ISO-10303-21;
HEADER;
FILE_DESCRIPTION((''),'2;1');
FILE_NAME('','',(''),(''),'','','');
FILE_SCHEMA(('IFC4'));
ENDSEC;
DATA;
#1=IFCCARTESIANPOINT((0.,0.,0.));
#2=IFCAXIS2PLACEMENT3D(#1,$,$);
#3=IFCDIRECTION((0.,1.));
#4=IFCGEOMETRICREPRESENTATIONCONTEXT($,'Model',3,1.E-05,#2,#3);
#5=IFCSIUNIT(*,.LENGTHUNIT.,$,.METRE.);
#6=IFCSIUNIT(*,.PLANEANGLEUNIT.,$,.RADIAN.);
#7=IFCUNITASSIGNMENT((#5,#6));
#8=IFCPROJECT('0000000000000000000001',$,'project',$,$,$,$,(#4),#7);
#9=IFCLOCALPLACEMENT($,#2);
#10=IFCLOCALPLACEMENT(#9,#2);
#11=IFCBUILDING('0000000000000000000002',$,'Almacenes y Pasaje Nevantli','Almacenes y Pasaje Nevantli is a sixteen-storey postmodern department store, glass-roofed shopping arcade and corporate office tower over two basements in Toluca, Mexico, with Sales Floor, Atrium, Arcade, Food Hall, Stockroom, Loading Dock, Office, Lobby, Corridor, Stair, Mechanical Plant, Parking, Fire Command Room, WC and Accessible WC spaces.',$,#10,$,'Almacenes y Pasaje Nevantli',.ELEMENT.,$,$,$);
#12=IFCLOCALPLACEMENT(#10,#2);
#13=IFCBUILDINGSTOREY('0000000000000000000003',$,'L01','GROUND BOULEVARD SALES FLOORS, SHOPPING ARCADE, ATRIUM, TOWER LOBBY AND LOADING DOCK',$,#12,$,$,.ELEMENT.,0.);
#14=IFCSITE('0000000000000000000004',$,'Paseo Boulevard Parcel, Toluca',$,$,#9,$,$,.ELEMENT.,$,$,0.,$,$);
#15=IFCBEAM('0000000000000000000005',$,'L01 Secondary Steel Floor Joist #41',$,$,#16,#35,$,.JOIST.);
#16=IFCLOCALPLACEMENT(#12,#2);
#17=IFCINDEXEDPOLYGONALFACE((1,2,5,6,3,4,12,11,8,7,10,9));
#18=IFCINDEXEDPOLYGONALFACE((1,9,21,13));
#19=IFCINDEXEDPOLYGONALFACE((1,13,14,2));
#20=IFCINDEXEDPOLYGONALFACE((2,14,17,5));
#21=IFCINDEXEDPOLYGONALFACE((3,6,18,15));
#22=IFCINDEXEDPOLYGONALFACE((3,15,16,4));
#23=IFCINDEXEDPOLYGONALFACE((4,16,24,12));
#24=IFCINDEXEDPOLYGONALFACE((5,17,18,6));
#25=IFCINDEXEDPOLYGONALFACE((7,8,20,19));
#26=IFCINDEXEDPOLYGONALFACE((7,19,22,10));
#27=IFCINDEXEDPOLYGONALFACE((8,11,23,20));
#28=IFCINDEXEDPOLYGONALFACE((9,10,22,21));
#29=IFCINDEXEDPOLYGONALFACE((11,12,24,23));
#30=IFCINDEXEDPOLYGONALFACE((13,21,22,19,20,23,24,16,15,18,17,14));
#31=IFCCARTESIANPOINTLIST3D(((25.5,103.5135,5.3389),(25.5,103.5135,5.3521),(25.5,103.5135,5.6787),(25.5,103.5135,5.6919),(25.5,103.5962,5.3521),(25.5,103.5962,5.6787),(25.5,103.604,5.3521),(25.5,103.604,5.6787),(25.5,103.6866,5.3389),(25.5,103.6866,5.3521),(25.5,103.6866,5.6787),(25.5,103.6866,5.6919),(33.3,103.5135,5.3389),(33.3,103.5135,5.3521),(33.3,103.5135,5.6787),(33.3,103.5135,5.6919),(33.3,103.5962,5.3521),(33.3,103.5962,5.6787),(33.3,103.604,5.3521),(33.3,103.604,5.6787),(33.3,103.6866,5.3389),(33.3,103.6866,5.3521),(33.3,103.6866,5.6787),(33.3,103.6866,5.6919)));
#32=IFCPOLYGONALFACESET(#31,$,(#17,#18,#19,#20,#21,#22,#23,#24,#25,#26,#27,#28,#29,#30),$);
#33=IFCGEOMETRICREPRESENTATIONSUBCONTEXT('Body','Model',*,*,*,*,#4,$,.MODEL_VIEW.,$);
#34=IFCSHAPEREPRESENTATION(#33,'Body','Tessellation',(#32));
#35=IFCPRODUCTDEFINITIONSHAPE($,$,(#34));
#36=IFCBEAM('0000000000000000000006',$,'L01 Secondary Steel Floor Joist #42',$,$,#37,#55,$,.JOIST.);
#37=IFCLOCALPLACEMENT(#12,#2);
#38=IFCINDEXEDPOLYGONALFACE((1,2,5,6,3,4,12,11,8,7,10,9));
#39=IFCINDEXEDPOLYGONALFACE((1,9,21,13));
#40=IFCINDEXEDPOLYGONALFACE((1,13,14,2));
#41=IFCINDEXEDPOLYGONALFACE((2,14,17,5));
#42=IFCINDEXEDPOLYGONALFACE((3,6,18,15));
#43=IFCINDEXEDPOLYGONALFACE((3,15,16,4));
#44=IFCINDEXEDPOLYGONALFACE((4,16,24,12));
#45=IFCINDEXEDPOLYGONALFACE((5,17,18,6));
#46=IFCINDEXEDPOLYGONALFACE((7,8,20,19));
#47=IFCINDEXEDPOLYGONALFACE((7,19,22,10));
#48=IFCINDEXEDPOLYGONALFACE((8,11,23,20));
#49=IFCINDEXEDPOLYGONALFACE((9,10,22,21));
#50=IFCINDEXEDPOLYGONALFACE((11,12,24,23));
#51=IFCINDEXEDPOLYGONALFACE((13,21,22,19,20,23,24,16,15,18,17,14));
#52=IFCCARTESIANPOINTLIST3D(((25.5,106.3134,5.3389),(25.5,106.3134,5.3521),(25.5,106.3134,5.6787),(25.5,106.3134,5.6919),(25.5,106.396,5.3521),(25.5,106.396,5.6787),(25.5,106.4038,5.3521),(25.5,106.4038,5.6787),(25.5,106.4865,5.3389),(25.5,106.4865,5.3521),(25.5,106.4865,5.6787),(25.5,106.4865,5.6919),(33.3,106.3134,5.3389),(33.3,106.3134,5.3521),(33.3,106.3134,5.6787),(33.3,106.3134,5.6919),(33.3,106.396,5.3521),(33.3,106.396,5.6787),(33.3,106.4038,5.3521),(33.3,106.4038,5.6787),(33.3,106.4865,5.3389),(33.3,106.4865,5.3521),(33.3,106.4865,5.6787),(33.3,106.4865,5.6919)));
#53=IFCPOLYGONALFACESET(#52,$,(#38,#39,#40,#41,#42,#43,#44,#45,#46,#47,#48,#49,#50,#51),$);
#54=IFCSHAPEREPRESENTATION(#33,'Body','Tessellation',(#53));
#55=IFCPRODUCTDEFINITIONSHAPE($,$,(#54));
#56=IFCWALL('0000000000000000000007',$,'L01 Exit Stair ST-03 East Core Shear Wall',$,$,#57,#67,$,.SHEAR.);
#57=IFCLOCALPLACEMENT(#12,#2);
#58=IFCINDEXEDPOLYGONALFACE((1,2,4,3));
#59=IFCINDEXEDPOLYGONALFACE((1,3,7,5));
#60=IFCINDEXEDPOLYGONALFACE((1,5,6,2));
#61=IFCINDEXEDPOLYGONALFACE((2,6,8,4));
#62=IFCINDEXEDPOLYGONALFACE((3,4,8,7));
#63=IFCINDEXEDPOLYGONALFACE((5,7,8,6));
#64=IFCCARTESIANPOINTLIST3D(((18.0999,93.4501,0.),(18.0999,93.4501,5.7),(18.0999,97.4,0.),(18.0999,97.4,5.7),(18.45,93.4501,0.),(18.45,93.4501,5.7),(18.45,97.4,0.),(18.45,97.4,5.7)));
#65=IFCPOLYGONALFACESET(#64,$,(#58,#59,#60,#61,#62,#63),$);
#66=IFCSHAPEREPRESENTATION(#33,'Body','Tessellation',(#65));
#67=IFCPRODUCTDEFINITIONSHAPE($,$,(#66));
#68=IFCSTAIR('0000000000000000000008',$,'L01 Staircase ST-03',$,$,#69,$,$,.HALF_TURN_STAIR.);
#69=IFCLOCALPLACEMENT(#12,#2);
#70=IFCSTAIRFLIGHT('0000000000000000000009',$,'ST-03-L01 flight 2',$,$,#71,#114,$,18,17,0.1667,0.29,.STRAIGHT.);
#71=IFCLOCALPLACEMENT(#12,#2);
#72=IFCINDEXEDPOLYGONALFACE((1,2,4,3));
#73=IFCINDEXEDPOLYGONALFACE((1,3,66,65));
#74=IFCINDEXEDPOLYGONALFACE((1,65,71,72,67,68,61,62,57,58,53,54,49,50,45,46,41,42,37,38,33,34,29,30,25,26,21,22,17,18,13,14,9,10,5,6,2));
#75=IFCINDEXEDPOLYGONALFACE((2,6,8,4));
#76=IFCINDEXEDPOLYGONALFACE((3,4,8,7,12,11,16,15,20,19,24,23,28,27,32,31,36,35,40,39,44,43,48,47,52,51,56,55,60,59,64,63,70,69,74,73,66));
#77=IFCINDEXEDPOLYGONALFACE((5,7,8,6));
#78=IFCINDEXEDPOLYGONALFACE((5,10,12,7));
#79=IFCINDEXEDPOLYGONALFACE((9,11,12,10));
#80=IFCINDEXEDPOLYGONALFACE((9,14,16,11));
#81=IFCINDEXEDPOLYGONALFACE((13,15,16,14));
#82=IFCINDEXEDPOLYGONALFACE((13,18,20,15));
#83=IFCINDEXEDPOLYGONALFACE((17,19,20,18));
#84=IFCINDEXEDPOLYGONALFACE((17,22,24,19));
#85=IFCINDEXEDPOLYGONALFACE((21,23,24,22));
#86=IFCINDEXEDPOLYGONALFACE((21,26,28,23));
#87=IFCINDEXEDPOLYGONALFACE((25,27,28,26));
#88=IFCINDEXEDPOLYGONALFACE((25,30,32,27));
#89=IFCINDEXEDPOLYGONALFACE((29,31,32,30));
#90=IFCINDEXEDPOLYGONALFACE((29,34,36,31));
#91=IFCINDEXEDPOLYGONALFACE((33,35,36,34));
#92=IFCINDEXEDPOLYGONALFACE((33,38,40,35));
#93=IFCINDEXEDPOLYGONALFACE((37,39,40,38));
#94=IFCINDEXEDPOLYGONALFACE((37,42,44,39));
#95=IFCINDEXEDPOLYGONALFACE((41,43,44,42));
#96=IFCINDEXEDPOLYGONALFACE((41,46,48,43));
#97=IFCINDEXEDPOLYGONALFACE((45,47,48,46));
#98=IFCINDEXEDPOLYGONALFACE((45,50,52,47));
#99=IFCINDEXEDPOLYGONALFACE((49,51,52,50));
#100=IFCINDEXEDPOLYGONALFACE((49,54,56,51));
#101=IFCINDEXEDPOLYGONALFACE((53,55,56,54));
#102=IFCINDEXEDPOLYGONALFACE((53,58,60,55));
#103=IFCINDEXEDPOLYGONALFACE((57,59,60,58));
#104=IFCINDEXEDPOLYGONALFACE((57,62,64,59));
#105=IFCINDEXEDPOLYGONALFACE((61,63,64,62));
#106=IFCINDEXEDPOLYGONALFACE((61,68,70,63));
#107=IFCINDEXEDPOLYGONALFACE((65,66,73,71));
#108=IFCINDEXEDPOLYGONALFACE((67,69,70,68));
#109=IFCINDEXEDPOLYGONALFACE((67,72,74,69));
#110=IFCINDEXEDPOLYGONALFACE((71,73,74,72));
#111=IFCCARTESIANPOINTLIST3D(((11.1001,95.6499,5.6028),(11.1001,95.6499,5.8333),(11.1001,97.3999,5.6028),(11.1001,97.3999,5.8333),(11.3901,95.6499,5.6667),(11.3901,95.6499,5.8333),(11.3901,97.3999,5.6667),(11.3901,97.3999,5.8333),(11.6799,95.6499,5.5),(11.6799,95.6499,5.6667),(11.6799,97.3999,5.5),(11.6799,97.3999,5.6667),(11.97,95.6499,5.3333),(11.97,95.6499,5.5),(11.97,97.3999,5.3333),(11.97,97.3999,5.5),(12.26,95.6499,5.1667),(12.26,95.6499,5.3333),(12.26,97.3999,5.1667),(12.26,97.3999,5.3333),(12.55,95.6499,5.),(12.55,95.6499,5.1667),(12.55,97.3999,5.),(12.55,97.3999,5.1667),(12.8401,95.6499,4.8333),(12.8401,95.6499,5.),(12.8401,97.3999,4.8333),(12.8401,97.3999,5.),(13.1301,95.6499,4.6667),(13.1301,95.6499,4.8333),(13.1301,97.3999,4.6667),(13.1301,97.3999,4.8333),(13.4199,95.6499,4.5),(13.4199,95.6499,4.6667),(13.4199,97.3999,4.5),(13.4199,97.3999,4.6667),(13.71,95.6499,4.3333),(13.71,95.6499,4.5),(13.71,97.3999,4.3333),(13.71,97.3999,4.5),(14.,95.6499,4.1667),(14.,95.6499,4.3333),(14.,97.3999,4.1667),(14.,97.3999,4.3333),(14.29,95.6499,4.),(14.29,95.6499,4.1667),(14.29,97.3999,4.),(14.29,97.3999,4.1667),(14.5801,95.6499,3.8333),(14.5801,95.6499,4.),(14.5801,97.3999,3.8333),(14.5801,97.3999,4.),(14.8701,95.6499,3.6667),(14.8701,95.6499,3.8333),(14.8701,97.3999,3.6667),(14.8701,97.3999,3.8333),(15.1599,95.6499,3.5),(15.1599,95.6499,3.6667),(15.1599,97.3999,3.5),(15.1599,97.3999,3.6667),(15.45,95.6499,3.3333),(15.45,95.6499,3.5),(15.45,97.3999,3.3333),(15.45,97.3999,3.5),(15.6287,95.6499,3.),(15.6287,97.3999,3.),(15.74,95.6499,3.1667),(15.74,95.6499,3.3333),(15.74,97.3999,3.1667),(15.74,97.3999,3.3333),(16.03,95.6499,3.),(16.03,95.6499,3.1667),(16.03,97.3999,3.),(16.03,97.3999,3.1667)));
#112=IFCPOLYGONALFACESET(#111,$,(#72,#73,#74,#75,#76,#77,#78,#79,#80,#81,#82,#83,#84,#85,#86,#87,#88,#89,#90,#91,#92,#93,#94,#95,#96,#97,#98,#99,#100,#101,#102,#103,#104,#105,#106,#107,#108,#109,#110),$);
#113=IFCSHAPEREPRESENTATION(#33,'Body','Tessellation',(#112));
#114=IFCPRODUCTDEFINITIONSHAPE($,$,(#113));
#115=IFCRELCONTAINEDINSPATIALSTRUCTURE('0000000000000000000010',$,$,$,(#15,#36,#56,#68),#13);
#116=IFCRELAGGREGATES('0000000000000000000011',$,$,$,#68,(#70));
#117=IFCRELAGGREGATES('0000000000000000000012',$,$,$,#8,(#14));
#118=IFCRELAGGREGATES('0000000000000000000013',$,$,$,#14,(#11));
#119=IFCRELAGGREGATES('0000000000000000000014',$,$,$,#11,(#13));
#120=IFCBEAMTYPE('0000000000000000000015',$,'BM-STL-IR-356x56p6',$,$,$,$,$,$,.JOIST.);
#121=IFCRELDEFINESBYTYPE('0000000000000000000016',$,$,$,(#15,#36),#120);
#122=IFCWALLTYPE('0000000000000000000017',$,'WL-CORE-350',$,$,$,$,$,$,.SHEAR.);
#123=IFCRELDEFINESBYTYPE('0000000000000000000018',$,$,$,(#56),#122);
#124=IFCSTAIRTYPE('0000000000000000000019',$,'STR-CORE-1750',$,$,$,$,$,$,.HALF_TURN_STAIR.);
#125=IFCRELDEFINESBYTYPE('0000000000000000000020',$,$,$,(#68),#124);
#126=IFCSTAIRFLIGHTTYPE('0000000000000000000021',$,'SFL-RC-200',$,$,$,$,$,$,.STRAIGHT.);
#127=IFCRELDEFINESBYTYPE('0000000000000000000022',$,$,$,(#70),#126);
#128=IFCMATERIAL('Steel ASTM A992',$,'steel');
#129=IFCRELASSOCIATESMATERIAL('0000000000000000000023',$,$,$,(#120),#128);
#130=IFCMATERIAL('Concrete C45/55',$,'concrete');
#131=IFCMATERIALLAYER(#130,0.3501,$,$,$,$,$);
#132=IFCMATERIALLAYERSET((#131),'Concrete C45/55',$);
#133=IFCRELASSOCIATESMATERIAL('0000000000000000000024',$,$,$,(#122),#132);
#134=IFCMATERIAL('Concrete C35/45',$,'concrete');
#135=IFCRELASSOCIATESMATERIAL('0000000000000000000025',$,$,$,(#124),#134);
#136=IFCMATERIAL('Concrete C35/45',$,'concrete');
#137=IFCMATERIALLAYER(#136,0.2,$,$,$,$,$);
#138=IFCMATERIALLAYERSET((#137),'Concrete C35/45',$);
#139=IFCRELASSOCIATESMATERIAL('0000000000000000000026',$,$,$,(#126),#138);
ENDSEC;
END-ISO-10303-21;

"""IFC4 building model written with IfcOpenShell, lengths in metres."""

from ifc_helpers import new_model, si_unit, direction, frame, frame_2d, origin, origin_2d, place, context, subcontext, project, spatial, polyline, rectangle, i_section, outline, extrude, material, layer, layer_set, material_profile, profile_set, type_object, element, aggregate, save


model = new_model("IFC4")

# Units and contexts
model_context = context("Model", 3, precision=1e-05, world=origin(), true_north=direction((0.0, 1.0)))
body_context = subcontext(model_context, "Body", "Model", "MODEL_VIEW")
ifc_project = project(units=[si_unit("LENGTHUNIT", "METRE"), si_unit("PLANEANGLEUNIT", "RADIAN")], contexts=[model_context])

# Site, building, storey
site_placement = place(None, origin())
site = spatial("IfcSite", under=ifc_project, at=site_placement, Name="Paseo Boulevard Parcel, Toluca", CompositionType="ELEMENT", RefElevation=0.0)
building_placement = place(site_placement, origin())
building = spatial("IfcBuilding", under=site, at=building_placement, Name="Almacenes y Pasaje Nevantli", Description="Almacenes y Pasaje Nevantli is a sixteen-storey postmodern department store, glass-roofed shopping arcade and corporate office tower over two basements in Toluca, Mexico, with Sales Floor, Atrium, Arcade, Food Hall, Stockroom, Loading Dock, Office, Lobby, Corridor, Stair, Mechanical Plant, Parking, Fire Command Room, WC and Accessible WC spaces.", LongName="Almacenes y Pasaje Nevantli", CompositionType="ELEMENT")
storey_placement = place(building_placement, origin())
storey = spatial("IfcBuildingStorey", under=building, at=storey_placement, Name="L01", Description="GROUND BOULEVARD SALES FLOORS, SHOPPING ARCADE, ATRIUM, TOWER LOBBY AND LOADING DOCK", CompositionType="ELEMENT", Elevation=0.0)

# Beams
ifc_material_1 = material(Name="Steel ASTM A992", Category="steel")
ifc_material_profile_1 = material_profile(ifc_material_1, i_section(OverallWidth=0.1731, OverallDepth=0.353, WebThickness=0.0078, FlangeThickness=0.0132, at=origin_2d()), Name="IR 356x56.6")
ifc_profile_set_1 = profile_set([ifc_material_profile_1], Name="Steel ASTM A992")
beam_type_1 = type_object("IfcBeamType", Name="BM-STL-IR-356x56p6", PredefinedType="JOIST", material=ifc_profile_set_1)
for number, where, z_axis, x_axis, name in (
    (1, (25.5, 103.6001, 5.5154), (1.0, 0.0, 0.0), (0.0, 1.0, 0.0), "L01 Secondary Steel Floor Joist #41"),
    (2, (25.5, 106.3999, 5.5154), (1.0, 0.0, 0.0), (0.0, 1.0, 0.0), "L01 Secondary Steel Floor Joist #42"),
):
    element("IfcBeam", number, at=place(storey_placement, frame(where, z_axis=z_axis, x_axis=x_axis)), inside=storey, type_object=beam_type_1, Name=name, PredefinedType="JOIST", context=body_context, shape_type="SweptSolid", body=[
        extrude(i_section(OverallWidth=0.1731, OverallDepth=0.353, WebThickness=0.0078, FlangeThickness=0.0132, at=origin_2d()), origin(), (0.0, 0.0, 1.0), 7.8),
    ])

# Wall
ifc_material_2 = material(Name="Concrete C45/55", Category="concrete")
ifc_layer_1 = layer(ifc_material_2, 0.3501)
ifc_layer_set_1 = layer_set([ifc_layer_1], Name="Concrete C45/55")
wall_type = type_object("IfcWallType", Name="WL-CORE-350", PredefinedType="SHEAR", material=ifc_layer_set_1)
wall_placement = place(storey_placement, frame((18.2749, 93.45, 0.0), z_axis=(0.0, 0.0, 1.0), x_axis=(0.0, 1.0, 0.0)))
element("IfcWall", 3, at=wall_placement, inside=storey, type_object=wall_type, Name="L01 Exit Stair ST-03 East Core Shear Wall", PredefinedType="SHEAR", context=body_context, shape_type="SweptSolid", body=[
    extrude(rectangle(XDim=3.95, YDim=0.3501, at=frame_2d((1.9751, 0.0))), origin(), (0.0, 0.0, 1.0), 5.7),
])

# Stair, stair flight
ifc_material_3 = material(Name="Concrete C35/45", Category="concrete")
stair_type = type_object("IfcStairType", Name="STR-CORE-1750", PredefinedType="HALF_TURN_STAIR", material=ifc_material_3)
stair_placement = place(storey_placement, origin())
stair = element("IfcStair", 4, at=stair_placement, inside=storey, type_object=stair_type, Name="L01 Staircase ST-03", PredefinedType="HALF_TURN_STAIR")
ifc_material_4 = material(Name="Concrete C35/45", Category="concrete")
ifc_layer_2 = layer(ifc_material_4, 0.2)
ifc_layer_set_2 = layer_set([ifc_layer_2], Name="Concrete C35/45")
stair_flight_type = type_object("IfcStairFlightType", Name="SFL-RC-200", PredefinedType="STRAIGHT", material=ifc_layer_set_2)
stair_flight_placement = place(storey_placement, frame((16.03, 96.5249, 3.0), z_axis=(0.0, 0.0, 1.0), x_axis=(-1.0, 0.0, 0.0)))
stair_flight = element("IfcStairFlight", 5, at=stair_flight_placement, type_object=stair_flight_type, Name="ST-03-L01 flight 2", NumberOfRisers=18, NumberOfTreads=17, PredefinedType="STRAIGHT", RiserHeight=0.1667, TreadLength=0.29, context=body_context, shape_type="SweptSolid", body=[
    extrude(outline(polyline([(0.0, 0.0), (0.0, 0.1667), (0.29, 0.1667), (0.29, 0.3333), (0.5801, 0.3333), (0.5801, 0.5), (0.8701, 0.5), (0.8701, 0.6667), (1.1599, 0.6667), (1.1599, 0.8333), (1.45, 0.8333), (1.45, 1.0), (1.74, 1.0), (1.74, 1.1667), (2.03, 1.1667), (2.03, 1.3333), (2.3201, 1.3333), (2.3201, 1.5), (2.6101, 1.5), (2.6101, 1.6667), (2.8999, 1.6667), (2.8999, 1.8333), (3.1899, 1.8333), (3.1899, 2.0), (3.48, 2.0), (3.48, 2.1667), (3.77, 2.1667), (3.77, 2.3333), (4.0601, 2.3333), (4.0601, 2.5), (4.3501, 2.5), (4.3501, 2.6667), (4.6399, 2.6667), (4.6399, 2.8333), (4.9299, 2.8333), (4.9299, 3.0), (4.9299, 2.6028), (0.4014, 0.0), (0.0, 0.0)])), frame((0.0, 0.875, 0.0), z_axis=(0.0, -1.0, 0.0), x_axis=(1.0, 0.0, 0.0)), (0.0, 0.0, 1.0), 1.75),
])
aggregate(stair, [stair_flight])

save(model, "model.ifc")
